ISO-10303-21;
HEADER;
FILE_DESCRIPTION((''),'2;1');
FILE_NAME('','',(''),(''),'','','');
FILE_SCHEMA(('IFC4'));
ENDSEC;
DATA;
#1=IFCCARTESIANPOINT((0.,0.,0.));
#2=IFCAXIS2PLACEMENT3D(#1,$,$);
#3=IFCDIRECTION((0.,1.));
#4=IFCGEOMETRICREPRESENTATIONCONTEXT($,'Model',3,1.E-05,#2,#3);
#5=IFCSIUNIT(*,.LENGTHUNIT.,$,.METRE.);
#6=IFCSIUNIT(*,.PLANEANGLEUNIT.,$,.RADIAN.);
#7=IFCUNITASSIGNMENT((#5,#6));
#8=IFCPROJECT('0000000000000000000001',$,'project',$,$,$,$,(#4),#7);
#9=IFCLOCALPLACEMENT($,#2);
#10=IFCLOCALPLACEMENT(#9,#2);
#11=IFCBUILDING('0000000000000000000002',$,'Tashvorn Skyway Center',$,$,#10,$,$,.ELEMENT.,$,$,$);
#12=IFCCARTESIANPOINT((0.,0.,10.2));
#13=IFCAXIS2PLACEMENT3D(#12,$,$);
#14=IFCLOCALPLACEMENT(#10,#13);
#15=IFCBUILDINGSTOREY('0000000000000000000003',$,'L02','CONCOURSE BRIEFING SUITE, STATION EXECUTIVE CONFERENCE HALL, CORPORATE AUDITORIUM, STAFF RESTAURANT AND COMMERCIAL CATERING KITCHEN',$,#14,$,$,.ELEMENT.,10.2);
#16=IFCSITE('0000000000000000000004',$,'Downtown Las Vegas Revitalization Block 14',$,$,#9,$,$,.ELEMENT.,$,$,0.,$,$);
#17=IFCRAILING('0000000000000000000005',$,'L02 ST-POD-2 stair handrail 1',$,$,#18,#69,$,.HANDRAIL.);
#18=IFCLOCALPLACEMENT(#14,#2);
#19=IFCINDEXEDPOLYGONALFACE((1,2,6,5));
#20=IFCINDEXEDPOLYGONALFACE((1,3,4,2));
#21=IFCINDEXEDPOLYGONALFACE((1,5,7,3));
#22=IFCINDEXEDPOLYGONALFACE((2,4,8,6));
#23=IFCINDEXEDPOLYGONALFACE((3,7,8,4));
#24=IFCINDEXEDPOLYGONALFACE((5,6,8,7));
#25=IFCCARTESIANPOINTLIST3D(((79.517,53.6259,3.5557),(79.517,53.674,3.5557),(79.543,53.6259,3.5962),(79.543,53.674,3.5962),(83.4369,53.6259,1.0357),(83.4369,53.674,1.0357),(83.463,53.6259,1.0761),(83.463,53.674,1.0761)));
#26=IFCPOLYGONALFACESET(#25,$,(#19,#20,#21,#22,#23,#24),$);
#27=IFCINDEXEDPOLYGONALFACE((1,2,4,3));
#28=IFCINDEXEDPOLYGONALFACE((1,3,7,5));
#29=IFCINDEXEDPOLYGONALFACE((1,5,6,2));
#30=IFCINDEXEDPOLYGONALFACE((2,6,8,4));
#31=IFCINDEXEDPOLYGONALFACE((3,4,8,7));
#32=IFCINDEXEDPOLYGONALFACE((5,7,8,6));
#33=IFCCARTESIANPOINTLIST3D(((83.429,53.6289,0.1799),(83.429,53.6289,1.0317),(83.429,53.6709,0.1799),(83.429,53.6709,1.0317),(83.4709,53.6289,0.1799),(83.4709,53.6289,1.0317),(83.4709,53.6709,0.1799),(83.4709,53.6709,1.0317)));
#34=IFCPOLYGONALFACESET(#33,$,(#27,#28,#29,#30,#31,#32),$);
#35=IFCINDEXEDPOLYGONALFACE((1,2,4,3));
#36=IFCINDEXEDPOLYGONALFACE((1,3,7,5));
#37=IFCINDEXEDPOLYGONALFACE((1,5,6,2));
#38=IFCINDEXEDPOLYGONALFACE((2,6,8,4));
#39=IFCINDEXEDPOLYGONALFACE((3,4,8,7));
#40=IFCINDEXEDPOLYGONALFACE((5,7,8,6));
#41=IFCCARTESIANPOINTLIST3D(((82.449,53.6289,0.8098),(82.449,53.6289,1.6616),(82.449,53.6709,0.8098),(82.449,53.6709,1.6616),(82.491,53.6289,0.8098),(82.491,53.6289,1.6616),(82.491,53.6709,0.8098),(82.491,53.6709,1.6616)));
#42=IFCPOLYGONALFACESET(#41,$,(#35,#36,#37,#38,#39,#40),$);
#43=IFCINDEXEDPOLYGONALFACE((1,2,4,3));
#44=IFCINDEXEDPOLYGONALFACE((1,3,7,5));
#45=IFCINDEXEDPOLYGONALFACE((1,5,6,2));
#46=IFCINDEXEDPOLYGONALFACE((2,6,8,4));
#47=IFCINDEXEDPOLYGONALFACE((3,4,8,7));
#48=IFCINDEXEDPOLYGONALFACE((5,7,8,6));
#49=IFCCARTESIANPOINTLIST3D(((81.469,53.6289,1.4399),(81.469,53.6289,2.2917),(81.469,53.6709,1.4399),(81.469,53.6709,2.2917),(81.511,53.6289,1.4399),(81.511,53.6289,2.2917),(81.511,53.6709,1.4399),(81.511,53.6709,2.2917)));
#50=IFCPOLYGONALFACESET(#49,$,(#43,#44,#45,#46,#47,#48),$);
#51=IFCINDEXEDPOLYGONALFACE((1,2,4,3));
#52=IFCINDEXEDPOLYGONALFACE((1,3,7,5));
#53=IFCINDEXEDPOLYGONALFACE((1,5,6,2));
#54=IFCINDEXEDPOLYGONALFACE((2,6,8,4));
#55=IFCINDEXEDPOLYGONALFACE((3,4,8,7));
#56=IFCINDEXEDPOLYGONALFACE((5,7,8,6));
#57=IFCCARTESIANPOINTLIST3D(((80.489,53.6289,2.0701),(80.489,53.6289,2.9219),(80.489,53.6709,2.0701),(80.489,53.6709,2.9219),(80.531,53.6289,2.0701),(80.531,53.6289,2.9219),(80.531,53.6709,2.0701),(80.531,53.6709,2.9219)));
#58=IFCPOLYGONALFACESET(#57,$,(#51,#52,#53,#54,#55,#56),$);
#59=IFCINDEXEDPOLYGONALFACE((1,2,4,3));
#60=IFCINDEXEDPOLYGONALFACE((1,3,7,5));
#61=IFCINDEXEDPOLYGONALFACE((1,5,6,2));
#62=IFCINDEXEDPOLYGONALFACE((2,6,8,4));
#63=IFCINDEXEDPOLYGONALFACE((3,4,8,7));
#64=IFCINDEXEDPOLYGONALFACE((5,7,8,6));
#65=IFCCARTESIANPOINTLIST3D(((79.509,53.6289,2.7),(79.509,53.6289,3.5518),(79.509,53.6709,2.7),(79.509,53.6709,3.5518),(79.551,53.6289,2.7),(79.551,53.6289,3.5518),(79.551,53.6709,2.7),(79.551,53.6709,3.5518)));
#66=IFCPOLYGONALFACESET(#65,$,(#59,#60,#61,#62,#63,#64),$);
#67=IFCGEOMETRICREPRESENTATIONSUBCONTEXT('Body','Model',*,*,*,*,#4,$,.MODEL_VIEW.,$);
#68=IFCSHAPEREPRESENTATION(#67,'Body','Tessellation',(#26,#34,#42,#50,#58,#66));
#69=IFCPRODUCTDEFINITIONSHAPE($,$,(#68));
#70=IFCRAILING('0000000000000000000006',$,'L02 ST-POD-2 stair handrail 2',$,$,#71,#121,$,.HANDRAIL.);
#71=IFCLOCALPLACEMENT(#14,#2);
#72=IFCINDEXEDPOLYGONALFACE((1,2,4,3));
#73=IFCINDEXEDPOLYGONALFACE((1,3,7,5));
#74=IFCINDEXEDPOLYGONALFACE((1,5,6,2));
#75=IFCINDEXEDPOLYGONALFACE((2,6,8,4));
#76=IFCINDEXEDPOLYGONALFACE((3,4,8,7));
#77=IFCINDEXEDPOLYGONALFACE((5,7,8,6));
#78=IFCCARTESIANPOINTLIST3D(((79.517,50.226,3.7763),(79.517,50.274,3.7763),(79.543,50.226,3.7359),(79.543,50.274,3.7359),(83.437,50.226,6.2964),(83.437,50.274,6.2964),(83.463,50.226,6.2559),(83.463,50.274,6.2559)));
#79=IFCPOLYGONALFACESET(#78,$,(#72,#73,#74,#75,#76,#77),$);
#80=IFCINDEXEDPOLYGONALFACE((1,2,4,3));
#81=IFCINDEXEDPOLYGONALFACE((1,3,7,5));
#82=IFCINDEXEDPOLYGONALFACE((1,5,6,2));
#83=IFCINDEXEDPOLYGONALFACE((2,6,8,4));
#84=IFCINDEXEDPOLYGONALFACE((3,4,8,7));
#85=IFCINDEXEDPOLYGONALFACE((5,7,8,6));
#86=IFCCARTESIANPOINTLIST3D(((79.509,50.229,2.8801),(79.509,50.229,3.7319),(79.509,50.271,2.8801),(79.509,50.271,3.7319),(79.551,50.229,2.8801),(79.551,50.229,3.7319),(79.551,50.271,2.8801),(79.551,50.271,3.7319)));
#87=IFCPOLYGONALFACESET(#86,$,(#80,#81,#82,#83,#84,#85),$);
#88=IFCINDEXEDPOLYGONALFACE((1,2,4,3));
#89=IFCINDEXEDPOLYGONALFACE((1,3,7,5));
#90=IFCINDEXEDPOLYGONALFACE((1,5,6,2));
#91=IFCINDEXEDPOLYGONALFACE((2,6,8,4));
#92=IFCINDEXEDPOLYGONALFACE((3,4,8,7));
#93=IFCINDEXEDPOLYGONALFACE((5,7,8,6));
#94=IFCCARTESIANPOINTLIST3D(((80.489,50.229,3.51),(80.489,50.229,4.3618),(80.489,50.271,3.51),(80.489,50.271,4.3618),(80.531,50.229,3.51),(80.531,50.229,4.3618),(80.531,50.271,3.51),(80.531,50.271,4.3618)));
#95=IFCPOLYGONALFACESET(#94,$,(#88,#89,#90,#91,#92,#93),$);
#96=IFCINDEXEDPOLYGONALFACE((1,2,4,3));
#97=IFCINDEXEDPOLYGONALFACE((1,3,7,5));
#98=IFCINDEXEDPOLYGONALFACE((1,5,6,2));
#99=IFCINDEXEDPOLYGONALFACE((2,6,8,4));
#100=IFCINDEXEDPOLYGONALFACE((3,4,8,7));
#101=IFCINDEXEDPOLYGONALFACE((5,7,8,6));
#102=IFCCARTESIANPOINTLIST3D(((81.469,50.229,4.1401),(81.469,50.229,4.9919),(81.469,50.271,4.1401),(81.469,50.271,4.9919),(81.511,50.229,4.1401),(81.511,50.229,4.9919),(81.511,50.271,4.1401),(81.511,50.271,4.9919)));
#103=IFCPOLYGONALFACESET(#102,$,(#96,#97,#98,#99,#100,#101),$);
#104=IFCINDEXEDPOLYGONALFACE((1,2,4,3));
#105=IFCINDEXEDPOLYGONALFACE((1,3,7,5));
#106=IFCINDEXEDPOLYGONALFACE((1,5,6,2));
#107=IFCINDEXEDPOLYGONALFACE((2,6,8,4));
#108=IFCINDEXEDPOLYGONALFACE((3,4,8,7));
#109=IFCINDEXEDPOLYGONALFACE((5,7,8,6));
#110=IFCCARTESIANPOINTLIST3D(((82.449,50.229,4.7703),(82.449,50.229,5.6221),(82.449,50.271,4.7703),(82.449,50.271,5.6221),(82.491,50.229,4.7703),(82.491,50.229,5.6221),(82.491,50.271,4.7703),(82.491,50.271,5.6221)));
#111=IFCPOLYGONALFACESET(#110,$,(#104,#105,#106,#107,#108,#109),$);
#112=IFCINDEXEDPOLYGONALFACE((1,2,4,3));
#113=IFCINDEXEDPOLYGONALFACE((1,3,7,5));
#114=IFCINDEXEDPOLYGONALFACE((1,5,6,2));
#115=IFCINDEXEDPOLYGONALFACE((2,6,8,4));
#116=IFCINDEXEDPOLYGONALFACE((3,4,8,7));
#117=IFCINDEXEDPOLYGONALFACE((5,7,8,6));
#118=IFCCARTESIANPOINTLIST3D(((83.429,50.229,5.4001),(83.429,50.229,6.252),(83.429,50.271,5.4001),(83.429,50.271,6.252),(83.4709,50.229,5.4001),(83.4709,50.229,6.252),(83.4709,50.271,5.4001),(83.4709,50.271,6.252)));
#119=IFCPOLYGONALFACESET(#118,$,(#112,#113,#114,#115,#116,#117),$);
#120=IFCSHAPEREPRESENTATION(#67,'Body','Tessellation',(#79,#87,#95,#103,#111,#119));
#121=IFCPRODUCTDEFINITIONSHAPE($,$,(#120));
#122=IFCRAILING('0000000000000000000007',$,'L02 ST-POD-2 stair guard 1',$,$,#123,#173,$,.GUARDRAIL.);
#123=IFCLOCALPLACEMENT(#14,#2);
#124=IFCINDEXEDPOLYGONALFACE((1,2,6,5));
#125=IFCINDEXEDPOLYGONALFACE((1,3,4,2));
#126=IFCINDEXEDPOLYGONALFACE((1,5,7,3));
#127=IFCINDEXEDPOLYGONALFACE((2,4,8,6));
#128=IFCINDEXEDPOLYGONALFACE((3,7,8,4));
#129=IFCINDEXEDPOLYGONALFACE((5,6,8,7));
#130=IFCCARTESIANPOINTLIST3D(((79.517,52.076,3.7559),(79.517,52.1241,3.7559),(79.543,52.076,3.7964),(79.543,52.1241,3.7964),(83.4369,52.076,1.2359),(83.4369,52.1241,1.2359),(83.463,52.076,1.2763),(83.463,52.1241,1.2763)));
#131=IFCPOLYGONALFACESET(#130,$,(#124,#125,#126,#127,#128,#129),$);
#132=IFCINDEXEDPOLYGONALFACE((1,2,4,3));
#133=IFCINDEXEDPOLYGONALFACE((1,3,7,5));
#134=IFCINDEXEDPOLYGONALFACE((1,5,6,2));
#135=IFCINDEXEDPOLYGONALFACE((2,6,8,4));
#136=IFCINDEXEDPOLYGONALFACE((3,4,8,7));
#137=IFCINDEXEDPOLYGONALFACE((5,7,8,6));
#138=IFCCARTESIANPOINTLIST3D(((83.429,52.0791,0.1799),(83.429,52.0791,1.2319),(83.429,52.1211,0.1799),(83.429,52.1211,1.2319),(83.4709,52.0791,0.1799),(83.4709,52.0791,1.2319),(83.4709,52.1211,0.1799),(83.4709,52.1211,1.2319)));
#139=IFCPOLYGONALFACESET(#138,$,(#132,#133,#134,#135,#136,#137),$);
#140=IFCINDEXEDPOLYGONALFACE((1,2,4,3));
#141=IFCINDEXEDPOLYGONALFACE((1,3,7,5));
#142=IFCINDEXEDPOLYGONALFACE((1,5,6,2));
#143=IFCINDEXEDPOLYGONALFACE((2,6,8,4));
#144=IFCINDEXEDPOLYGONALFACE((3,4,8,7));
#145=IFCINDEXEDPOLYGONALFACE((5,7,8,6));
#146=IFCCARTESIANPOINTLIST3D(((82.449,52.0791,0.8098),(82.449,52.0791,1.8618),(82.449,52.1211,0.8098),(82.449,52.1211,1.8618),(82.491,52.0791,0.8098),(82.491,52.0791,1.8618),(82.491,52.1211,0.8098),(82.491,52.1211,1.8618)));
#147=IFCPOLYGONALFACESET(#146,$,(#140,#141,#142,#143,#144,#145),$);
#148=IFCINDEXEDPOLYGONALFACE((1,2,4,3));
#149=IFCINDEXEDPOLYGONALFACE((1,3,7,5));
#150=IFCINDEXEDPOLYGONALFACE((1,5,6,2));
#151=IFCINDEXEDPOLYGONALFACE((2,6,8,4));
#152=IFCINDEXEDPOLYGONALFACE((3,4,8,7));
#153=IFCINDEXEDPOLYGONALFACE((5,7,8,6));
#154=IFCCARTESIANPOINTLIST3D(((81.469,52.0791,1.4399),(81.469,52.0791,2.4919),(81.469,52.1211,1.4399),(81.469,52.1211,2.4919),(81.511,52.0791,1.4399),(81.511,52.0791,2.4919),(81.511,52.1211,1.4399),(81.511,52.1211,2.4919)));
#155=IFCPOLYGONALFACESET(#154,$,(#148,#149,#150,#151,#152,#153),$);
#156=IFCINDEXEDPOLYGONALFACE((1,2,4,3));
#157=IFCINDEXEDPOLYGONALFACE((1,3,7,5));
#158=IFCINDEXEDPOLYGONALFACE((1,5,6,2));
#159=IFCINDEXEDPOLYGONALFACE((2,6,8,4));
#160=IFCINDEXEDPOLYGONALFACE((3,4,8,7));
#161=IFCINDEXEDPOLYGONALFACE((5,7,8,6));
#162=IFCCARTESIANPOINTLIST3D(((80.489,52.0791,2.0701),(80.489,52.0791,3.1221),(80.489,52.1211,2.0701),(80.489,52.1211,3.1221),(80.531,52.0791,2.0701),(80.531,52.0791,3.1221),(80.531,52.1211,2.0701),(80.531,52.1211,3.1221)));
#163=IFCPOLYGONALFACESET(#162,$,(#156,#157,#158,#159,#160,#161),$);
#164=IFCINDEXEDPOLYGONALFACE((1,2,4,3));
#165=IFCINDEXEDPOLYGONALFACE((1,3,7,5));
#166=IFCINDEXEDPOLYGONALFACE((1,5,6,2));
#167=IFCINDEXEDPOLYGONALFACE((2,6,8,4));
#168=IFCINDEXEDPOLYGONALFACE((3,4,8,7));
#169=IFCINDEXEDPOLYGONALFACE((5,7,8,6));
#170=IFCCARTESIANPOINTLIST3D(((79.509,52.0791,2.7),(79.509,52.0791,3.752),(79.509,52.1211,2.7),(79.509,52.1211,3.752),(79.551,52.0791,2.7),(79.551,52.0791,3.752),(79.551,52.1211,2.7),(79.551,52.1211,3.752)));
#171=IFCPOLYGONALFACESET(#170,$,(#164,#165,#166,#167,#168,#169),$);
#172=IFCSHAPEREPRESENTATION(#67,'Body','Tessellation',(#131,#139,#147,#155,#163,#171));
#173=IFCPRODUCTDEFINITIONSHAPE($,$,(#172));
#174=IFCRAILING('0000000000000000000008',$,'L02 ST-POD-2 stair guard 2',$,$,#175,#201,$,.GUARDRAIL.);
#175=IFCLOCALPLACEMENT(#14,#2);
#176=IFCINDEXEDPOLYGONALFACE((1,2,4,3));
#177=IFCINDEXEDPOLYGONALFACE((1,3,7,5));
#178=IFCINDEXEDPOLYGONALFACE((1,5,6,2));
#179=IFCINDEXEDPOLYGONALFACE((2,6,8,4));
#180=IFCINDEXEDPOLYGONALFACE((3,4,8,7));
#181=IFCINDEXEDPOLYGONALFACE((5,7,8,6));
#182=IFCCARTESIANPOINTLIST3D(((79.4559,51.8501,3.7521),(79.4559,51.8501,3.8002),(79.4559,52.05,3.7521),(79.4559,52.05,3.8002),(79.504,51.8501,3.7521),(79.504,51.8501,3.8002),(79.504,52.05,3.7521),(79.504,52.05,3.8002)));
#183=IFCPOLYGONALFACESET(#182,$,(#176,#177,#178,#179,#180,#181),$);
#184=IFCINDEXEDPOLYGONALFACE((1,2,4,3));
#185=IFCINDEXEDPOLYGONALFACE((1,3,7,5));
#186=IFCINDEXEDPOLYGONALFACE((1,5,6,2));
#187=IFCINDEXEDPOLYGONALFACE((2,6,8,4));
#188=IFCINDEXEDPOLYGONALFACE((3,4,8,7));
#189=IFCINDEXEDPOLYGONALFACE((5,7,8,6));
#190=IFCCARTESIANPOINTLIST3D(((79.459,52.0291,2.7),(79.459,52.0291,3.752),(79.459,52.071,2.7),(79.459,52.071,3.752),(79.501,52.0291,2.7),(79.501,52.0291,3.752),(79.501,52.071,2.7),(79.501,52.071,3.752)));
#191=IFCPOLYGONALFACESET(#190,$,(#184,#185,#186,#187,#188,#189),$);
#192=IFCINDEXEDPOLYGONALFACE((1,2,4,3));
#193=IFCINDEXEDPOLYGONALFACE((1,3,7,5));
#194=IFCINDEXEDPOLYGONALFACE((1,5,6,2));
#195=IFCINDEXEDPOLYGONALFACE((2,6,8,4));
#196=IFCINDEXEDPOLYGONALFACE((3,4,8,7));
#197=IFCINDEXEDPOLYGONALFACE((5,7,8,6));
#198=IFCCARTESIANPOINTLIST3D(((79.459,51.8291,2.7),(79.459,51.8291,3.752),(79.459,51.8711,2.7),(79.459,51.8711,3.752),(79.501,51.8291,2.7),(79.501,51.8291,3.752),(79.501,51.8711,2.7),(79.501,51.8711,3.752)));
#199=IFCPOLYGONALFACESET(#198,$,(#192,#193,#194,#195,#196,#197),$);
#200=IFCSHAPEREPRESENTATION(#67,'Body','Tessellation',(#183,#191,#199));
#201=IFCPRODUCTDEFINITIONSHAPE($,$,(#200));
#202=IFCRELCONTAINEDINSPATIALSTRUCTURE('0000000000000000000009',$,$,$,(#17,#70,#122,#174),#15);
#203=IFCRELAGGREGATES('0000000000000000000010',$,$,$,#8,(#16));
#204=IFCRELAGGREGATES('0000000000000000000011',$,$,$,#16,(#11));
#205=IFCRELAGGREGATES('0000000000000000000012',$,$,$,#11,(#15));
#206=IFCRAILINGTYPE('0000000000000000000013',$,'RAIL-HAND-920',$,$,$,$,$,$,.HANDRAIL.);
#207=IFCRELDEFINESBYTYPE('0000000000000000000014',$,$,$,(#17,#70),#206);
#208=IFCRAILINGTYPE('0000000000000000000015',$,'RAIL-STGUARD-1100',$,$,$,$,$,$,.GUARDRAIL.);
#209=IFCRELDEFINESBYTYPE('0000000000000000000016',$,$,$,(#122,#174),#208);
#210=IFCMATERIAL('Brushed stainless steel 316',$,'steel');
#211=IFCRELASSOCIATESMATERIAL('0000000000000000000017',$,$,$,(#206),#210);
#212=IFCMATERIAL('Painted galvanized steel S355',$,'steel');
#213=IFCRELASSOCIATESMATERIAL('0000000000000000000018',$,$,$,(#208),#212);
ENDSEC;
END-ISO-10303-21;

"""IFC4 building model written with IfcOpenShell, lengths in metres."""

from ifc_helpers import new_model, si_unit, direction, frame, origin, origin_2d, place, context, subcontext, project, spatial, rectangle, extrude, material, type_object, element, save


model = new_model("IFC4")

# Units and contexts
model_context = context("Model", 3, precision=1e-05, world=origin(), true_north=direction((0.0, 1.0)))
body_context = subcontext(model_context, "Body", "Model", "MODEL_VIEW")
ifc_project = project(units=[si_unit("LENGTHUNIT", "METRE"), si_unit("PLANEANGLEUNIT", "RADIAN")], contexts=[model_context])

# Site, building, storey
site_placement = place(None, origin())
site = spatial("IfcSite", under=ifc_project, at=site_placement, Name="Downtown Las Vegas Revitalization Block 14", CompositionType="ELEMENT", RefElevation=0.0)
building_placement = place(site_placement, origin())
building = spatial("IfcBuilding", under=site, at=building_placement, Name="Tashvorn Skyway Center", CompositionType="ELEMENT")
storey_placement = place(building_placement, frame((0.0, 0.0, 10.2)))
storey = spatial("IfcBuildingStorey", under=building, at=storey_placement, Name="L02", Description="CONCOURSE BRIEFING SUITE, STATION EXECUTIVE CONFERENCE HALL, CORPORATE AUDITORIUM, STAFF RESTAURANT AND COMMERCIAL CATERING KITCHEN", CompositionType="ELEMENT", Elevation=10.2)

# Railings
ifc_material_1 = material(Name="Brushed stainless steel 316", Category="steel")
railing_type_1 = type_object("IfcRailingType", Name="RAIL-HAND-920", PredefinedType="HANDRAIL", material=ifc_material_1)
railing_1_placement = place(storey_placement, frame((83.45, 53.6499, 0.1799)))
element("IfcRailing", 1, at=railing_1_placement, inside=storey, type_object=railing_type_1, Name="L02 ST-POD-2 stair handrail 1", PredefinedType="HANDRAIL", context=body_context, shape_type="SweptSolid", body=[
    extrude(rectangle(XDim=0.0481, YDim=0.0481, at=origin_2d()), frame((0.0, 0.0, 0.876), z_axis=(-0.841172, 0.0, 0.540768), x_axis=(0.0, -1.0, 0.0)), (0.0, 0.0, 1.0), 4.6602),
    extrude(rectangle(XDim=0.042, YDim=0.042, at=origin_2d()), origin(), (0.0, 0.0, 1.0), 0.8518),
    extrude(rectangle(XDim=0.042, YDim=0.042, at=origin_2d()), frame((-0.98, 0.0, 0.6299)), (0.0, 0.0, 1.0), 0.8518),
    extrude(rectangle(XDim=0.042, YDim=0.042, at=origin_2d()), frame((-1.96, 0.0, 1.26)), (0.0, 0.0, 1.0), 0.8518),
    extrude(rectangle(XDim=0.042, YDim=0.042, at=origin_2d()), frame((-2.9399, 0.0, 1.8901)), (0.0, 0.0, 1.0), 0.8518),
    extrude(rectangle(XDim=0.042, YDim=0.042, at=origin_2d()), frame((-3.9199, 0.0, 2.52)), (0.0, 0.0, 1.0), 0.8518),
])
railing_2_placement = place(storey_placement, frame((79.53, 50.25, 2.8801)))
element("IfcRailing", 2, at=railing_2_placement, inside=storey, type_object=railing_type_1, Name="L02 ST-POD-2 stair handrail 2", PredefinedType="HANDRAIL", context=body_context, shape_type="SweptSolid", body=[
    extrude(rectangle(XDim=0.0481, YDim=0.0481, at=origin_2d()), frame((0.0, 0.0, 0.876), z_axis=(0.841172, 0.0, 0.540768), x_axis=(0.0, 1.0, 0.0)), (0.0, 0.0, 1.0), 4.6602),
    extrude(rectangle(XDim=0.042, YDim=0.042, at=origin_2d()), origin(), (0.0, 0.0, 1.0), 0.8518),
    extrude(rectangle(XDim=0.042, YDim=0.042, at=origin_2d()), frame((0.98, 0.0, 0.6299)), (0.0, 0.0, 1.0), 0.8518),
    extrude(rectangle(XDim=0.042, YDim=0.042, at=origin_2d()), frame((1.96, 0.0, 1.26)), (0.0, 0.0, 1.0), 0.8518),
    extrude(rectangle(XDim=0.042, YDim=0.042, at=origin_2d()), frame((2.9399, 0.0, 1.8901)), (0.0, 0.0, 1.0), 0.8518),
    extrude(rectangle(XDim=0.042, YDim=0.042, at=origin_2d()), frame((3.9199, 0.0, 2.52)), (0.0, 0.0, 1.0), 0.8518),
])
ifc_material_2 = material(Name="Painted galvanized steel S355", Category="steel")
railing_type_2 = type_object("IfcRailingType", Name="RAIL-STGUARD-1100", PredefinedType="GUARDRAIL", material=ifc_material_2)
railing_3_placement = place(storey_placement, frame((83.45, 52.1001, 0.1799)))
element("IfcRailing", 3, at=railing_3_placement, inside=storey, type_object=railing_type_2, Name="L02 ST-POD-2 stair guard 1", PredefinedType="GUARDRAIL", context=body_context, shape_type="SweptSolid", body=[
    extrude(rectangle(XDim=0.0481, YDim=0.0481, at=origin_2d()), frame((0.0, 0.0, 1.0762), z_axis=(-0.841172, 0.0, 0.540768), x_axis=(0.0, -1.0, 0.0)), (0.0, 0.0, 1.0), 4.6602),
    extrude(rectangle(XDim=0.042, YDim=0.042, at=origin_2d()), origin(), (0.0, 0.0, 1.0), 1.052),
    extrude(rectangle(XDim=0.042, YDim=0.042, at=origin_2d()), frame((-0.98, 0.0, 0.6299)), (0.0, 0.0, 1.0), 1.052),
    extrude(rectangle(XDim=0.042, YDim=0.042, at=origin_2d()), frame((-1.96, 0.0, 1.26)), (0.0, 0.0, 1.0), 1.052),
    extrude(rectangle(XDim=0.042, YDim=0.042, at=origin_2d()), frame((-2.9399, 0.0, 1.8901)), (0.0, 0.0, 1.0), 1.052),
    extrude(rectangle(XDim=0.042, YDim=0.042, at=origin_2d()), frame((-3.9199, 0.0, 2.52)), (0.0, 0.0, 1.0), 1.052),
])
railing_4_placement = place(storey_placement, frame((79.48, 52.05, 2.7)))
element("IfcRailing", 4, at=railing_4_placement, inside=storey, type_object=railing_type_2, Name="L02 ST-POD-2 stair guard 2", PredefinedType="GUARDRAIL", context=body_context, shape_type="SweptSolid", body=[
    extrude(rectangle(XDim=0.0481, YDim=0.0481, at=origin_2d()), frame((0.0, 0.0, 1.0762), z_axis=(0.0, -1.0, 0.0), x_axis=(1.0, 0.0, 0.0)), (0.0, 0.0, 1.0), 0.2),
    extrude(rectangle(XDim=0.042, YDim=0.042, at=origin_2d()), origin(), (0.0, 0.0, 1.0), 1.052),
    extrude(rectangle(XDim=0.042, YDim=0.042, at=origin_2d()), frame((0.0, -0.2, 0.0)), (0.0, 0.0, 1.0), 1.052),
])

save(model, "model.ifc")
